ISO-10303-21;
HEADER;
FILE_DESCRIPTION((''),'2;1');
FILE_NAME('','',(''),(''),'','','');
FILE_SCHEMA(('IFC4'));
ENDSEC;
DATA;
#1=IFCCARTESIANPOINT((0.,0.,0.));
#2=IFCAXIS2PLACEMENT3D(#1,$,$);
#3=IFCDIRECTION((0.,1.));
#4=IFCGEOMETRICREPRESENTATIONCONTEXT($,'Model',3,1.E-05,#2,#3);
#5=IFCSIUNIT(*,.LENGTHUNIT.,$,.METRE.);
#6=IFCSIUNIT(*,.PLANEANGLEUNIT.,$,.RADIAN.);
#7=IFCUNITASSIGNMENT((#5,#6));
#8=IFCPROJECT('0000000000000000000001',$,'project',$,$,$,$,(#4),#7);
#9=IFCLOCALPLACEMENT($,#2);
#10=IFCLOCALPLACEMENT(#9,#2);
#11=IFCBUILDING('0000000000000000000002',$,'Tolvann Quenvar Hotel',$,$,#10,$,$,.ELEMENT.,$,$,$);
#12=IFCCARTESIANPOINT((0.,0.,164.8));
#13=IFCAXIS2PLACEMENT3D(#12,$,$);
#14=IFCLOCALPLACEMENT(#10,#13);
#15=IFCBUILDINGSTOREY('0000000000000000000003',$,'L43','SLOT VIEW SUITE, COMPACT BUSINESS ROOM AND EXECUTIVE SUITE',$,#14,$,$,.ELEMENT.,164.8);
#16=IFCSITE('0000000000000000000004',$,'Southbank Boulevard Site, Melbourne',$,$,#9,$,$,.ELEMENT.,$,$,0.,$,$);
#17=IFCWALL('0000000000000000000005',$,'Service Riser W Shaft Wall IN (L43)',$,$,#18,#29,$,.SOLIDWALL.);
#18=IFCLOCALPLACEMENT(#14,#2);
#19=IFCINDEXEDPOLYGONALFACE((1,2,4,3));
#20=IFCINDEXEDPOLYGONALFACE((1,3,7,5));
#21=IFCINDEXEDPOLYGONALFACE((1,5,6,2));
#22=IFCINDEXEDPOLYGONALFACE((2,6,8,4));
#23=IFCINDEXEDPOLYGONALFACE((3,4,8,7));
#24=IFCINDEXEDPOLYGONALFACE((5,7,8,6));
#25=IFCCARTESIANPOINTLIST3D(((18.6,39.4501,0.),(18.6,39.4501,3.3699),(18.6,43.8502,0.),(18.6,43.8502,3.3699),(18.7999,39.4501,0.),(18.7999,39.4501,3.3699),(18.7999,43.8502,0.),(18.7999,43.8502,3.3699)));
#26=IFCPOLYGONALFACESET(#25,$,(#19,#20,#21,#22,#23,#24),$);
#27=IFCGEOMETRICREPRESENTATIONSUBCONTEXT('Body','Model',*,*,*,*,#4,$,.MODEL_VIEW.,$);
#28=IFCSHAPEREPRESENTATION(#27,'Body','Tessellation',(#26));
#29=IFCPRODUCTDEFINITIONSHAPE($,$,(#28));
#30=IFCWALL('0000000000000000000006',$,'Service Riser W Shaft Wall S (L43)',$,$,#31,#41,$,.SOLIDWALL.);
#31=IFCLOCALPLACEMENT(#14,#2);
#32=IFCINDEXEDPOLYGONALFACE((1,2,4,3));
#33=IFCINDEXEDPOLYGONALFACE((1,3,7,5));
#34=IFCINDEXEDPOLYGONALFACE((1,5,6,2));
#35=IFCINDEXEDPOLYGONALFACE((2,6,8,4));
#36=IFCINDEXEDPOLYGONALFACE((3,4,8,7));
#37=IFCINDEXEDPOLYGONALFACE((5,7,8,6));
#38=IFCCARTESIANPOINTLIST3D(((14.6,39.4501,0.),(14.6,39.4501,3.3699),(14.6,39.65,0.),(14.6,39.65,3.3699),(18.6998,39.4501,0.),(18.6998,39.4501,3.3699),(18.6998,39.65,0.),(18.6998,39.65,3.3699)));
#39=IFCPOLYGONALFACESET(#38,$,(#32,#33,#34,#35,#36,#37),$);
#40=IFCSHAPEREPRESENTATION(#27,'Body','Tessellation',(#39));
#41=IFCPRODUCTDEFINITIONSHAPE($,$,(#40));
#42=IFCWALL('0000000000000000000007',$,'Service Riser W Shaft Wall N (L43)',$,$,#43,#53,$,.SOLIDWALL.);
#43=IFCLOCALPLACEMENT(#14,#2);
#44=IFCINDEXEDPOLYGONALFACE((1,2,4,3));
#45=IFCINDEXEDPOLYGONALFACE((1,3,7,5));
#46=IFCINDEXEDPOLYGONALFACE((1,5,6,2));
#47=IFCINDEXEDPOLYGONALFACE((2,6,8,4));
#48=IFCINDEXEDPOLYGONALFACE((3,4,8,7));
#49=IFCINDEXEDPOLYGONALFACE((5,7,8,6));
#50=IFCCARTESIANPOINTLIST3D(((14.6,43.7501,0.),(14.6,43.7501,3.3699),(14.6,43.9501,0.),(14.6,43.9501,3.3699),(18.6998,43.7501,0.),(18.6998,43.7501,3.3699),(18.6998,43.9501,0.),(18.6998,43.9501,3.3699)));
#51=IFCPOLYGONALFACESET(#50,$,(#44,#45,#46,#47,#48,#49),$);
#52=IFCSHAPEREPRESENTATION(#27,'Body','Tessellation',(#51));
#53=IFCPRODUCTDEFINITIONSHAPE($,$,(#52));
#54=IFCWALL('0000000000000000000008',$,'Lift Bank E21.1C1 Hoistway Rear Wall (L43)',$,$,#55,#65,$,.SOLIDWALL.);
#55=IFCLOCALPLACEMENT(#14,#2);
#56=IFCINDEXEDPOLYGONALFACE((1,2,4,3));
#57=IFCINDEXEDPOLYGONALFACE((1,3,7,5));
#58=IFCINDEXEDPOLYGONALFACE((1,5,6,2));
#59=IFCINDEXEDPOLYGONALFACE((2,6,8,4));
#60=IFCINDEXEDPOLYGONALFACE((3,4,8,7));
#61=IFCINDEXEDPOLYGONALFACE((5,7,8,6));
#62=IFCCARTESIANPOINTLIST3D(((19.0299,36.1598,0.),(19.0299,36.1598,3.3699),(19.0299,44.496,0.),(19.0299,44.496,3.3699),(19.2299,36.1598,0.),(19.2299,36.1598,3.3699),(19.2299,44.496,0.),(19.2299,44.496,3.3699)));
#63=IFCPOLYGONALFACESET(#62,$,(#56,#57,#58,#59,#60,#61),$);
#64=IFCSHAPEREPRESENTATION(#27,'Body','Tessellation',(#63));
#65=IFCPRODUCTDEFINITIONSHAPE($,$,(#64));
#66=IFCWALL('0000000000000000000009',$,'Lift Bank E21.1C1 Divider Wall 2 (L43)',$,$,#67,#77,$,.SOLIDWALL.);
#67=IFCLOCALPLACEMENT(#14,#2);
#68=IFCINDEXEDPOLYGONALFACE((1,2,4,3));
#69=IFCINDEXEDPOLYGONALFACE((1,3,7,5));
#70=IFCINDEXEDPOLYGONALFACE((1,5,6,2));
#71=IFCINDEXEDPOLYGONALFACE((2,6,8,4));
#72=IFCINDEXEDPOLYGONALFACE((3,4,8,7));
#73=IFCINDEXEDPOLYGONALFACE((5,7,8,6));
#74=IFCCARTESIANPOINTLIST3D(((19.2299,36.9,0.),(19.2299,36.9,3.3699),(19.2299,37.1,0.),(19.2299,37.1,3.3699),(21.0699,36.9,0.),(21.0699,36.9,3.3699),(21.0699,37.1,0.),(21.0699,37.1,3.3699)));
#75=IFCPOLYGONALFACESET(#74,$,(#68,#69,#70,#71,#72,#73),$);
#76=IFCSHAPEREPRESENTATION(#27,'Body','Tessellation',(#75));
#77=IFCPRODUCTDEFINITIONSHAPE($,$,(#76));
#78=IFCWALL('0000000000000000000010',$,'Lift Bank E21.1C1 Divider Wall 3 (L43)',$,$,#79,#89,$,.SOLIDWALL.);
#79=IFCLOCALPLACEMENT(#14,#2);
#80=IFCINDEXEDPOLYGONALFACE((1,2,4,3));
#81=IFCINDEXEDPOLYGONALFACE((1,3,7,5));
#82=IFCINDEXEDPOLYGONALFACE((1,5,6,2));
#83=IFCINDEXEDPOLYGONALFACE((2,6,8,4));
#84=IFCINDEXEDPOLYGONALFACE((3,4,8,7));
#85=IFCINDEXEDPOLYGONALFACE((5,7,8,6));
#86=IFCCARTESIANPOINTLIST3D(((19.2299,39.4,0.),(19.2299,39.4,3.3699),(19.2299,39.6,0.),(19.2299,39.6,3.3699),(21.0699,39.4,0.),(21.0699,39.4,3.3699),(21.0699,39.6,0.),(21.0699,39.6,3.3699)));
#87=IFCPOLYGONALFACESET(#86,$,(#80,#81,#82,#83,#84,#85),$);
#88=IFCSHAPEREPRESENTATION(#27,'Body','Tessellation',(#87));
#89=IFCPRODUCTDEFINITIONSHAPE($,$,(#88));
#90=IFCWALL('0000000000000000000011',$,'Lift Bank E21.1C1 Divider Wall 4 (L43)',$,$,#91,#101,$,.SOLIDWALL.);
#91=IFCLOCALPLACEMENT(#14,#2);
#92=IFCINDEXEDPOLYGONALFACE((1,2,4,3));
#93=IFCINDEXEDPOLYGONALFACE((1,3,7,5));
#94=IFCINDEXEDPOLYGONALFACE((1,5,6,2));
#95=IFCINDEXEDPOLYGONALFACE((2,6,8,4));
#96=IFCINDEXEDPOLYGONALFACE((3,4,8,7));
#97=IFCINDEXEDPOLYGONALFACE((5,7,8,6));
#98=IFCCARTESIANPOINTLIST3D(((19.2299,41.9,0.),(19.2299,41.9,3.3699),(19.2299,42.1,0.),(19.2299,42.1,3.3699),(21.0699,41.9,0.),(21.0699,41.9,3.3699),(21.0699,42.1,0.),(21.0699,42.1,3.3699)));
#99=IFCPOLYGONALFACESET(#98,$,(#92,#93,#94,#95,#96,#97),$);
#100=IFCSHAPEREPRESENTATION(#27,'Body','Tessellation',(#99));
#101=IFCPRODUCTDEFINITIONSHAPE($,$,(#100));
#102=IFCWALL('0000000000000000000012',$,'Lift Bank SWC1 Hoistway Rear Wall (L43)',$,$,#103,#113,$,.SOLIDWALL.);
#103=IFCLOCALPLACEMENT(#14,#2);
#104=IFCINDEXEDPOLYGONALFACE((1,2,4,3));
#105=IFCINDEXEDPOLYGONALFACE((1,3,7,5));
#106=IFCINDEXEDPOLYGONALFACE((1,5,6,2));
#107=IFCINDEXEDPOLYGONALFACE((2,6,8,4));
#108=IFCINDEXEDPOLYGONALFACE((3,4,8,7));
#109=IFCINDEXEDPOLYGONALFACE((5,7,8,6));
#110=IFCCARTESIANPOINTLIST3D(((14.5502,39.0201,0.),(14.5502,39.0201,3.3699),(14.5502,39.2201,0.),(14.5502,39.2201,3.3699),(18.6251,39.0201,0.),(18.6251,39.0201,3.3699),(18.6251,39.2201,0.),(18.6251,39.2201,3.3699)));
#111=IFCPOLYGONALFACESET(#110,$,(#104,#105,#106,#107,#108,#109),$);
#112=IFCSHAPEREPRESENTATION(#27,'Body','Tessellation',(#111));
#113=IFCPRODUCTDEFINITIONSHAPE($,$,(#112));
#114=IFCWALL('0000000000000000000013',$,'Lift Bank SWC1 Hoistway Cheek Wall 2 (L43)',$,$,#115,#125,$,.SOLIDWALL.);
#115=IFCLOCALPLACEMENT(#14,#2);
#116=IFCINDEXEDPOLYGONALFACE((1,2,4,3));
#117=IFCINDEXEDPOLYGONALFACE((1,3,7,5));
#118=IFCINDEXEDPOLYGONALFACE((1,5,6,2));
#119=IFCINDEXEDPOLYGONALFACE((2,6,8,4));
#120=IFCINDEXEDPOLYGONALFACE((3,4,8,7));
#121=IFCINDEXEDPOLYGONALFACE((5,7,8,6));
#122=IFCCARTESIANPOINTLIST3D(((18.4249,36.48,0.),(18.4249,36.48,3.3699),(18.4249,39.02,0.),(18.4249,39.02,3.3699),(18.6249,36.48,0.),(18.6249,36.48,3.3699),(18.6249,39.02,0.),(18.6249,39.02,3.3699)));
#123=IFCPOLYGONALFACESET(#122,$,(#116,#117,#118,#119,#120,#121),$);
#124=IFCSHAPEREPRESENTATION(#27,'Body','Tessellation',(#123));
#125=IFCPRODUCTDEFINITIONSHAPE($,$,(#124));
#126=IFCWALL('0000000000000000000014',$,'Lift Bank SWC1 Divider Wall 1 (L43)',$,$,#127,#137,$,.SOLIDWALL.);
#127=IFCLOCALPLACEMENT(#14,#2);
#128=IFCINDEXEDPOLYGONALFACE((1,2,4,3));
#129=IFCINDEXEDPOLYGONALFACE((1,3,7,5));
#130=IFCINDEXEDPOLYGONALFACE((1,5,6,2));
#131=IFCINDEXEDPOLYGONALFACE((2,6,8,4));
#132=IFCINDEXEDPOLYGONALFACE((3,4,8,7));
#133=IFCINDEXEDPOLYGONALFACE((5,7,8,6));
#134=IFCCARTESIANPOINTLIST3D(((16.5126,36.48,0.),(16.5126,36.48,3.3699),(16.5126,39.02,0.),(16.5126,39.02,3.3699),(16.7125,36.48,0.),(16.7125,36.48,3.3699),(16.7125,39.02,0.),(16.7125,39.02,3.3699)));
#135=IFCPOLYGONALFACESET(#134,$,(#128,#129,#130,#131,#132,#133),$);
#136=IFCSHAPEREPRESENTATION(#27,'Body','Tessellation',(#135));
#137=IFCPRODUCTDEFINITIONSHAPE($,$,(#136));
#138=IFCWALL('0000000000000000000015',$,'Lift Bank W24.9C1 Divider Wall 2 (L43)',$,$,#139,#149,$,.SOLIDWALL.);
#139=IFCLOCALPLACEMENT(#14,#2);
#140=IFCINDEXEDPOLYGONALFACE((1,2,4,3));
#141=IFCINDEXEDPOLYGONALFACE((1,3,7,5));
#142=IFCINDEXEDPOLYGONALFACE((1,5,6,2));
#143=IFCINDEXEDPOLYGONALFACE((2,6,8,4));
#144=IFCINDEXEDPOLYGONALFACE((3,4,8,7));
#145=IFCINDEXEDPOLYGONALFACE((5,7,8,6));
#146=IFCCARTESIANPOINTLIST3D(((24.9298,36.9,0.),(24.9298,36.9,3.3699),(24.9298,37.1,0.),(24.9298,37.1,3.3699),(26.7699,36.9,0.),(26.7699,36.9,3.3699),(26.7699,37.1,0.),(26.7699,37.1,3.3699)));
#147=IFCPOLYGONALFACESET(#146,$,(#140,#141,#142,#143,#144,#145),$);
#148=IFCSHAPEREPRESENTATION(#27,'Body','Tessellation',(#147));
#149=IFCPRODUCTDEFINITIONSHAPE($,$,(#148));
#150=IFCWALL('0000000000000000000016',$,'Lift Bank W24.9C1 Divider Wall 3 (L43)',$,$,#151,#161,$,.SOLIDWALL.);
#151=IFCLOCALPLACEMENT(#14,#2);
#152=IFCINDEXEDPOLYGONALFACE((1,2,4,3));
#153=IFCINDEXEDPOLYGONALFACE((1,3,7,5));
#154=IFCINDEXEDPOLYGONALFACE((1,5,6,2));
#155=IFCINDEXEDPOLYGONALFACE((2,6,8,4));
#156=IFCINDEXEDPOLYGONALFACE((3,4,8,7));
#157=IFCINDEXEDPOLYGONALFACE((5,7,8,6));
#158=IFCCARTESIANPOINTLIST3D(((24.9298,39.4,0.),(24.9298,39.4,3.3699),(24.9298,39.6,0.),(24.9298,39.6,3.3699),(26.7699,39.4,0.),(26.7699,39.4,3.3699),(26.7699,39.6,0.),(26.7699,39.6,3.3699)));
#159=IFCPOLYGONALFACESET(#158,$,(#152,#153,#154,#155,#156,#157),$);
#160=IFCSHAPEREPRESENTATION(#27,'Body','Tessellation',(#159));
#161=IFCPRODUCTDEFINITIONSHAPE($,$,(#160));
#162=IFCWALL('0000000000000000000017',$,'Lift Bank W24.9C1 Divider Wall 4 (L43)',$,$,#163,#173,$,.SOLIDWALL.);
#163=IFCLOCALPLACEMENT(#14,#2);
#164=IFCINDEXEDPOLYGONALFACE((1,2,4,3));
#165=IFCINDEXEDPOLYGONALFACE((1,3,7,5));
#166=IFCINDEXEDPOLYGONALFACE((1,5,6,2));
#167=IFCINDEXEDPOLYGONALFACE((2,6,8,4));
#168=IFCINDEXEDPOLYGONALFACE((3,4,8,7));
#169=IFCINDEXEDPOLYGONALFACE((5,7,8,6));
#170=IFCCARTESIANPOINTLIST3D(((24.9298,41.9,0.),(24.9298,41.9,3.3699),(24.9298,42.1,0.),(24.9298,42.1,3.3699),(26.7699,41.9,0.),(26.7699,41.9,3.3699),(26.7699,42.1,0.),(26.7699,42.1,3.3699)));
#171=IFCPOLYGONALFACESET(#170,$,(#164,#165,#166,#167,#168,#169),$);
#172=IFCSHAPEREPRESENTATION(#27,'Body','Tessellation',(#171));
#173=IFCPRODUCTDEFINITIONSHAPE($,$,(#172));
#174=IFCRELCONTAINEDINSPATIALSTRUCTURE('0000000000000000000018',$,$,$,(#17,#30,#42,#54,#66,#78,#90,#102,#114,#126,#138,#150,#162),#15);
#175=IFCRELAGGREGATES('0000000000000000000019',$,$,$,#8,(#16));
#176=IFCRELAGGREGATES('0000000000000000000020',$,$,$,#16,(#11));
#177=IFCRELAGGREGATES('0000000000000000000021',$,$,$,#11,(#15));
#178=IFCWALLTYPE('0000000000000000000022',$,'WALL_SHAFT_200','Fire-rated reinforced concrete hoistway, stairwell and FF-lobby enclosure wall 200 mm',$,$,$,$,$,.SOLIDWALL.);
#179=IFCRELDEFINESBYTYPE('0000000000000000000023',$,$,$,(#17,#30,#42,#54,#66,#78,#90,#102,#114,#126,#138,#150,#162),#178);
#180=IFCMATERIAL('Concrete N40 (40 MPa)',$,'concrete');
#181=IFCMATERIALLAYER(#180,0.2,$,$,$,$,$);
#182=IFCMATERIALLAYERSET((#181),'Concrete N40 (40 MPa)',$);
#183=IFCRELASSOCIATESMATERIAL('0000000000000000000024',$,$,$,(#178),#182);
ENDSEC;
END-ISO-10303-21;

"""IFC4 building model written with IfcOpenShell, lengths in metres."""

from ifc_helpers import new_model, si_unit, direction, frame, frame_2d, origin, place, context, subcontext, project, spatial, rectangle, extrude, material, layer, layer_set, type_object, element, save


model = new_model("IFC4")

# Units and contexts
model_context = context("Model", 3, precision=1e-05, world=origin(), true_north=direction((0.0, 1.0)))
body_context = subcontext(model_context, "Body", "Model", "MODEL_VIEW")
ifc_project = project(units=[si_unit("LENGTHUNIT", "METRE"), si_unit("PLANEANGLEUNIT", "RADIAN")], contexts=[model_context])

# Site, building, storey
site_placement = place(None, origin())
site = spatial("IfcSite", under=ifc_project, at=site_placement, Name="Southbank Boulevard Site, Melbourne", CompositionType="ELEMENT", RefElevation=0.0)
building_placement = place(site_placement, origin())
building = spatial("IfcBuilding", under=site, at=building_placement, Name="Tolvann Quenvar Hotel", CompositionType="ELEMENT")
storey_placement = place(building_placement, frame((0.0, 0.0, 164.8)))
storey = spatial("IfcBuildingStorey", under=building, at=storey_placement, Name="L43", Description="SLOT VIEW SUITE, COMPACT BUSINESS ROOM AND EXECUTIVE SUITE", CompositionType="ELEMENT", Elevation=164.8)

# Walls
ifc_material_1 = material(Name="Concrete N40 (40 MPa)", Category="concrete")
ifc_layer = layer(ifc_material_1, 0.2)
ifc_layer_set = layer_set([ifc_layer], Name="Concrete N40 (40 MPa)")
wall_type = type_object("IfcWallType", Name="WALL_SHAFT_200", Description="Fire-rated reinforced concrete hoistway, stairwell and FF-lobby enclosure wall 200 mm", PredefinedType="SOLIDWALL", material=ifc_layer_set)
wall_1_placement = place(storey_placement, frame((18.7, 39.45, 0.0), z_axis=(0.0, 0.0, 1.0), x_axis=(0.0, 1.0, 0.0)))
element("IfcWall", 1, at=wall_1_placement, inside=storey, type_object=wall_type, Name="Service Riser W Shaft Wall IN (L43)", PredefinedType="SOLIDWALL", context=body_context, shape_type="SweptSolid", body=[
    extrude(rectangle(XDim=4.4001, YDim=0.2, at=frame_2d((2.2002, 0.0))), origin(), (0.0, 0.0, 1.0), 3.3699),
])
for number, where, z_axis, x_axis, name in (
    (2, (14.6001, 39.55, 0.0), (0.0, 0.0, 1.0), (1.0, 0.0, 0.0), "Service Riser W Shaft Wall S (L43)"),
    (3, (14.6001, 43.8501, 0.0), (0.0, 0.0, 1.0), (1.0, 0.0, 0.0), "Service Riser W Shaft Wall N (L43)"),
):
    element("IfcWall", number, at=place(storey_placement, frame(where, z_axis=z_axis, x_axis=x_axis)), inside=storey, type_object=wall_type, Name=name, PredefinedType="SOLIDWALL", context=body_context, shape_type="SweptSolid", body=[
        extrude(rectangle(XDim=4.0999, YDim=0.2, at=frame_2d((2.0498, 0.0))), origin(), (0.0, 0.0, 1.0), 3.3699),
    ])
wall_2_placement = place(storey_placement, frame((19.1299, 36.1599, 0.0), z_axis=(0.0, 0.0, 1.0), x_axis=(0.0, 1.0, 0.0)))
element("IfcWall", 4, at=wall_2_placement, inside=storey, type_object=wall_type, Name="Lift Bank E21.1C1 Hoistway Rear Wall (L43)", PredefinedType="SOLIDWALL", context=body_context, shape_type="SweptSolid", body=[
    extrude(rectangle(XDim=8.3362, YDim=0.2, at=frame_2d((4.168, 0.0))), origin(), (0.0, 0.0, 1.0), 3.3699),
])
for number, where, z_axis, x_axis, name in (
    (5, (19.23, 37.0, 0.0), (0.0, 0.0, 1.0), (1.0, 0.0, 0.0), "Lift Bank E21.1C1 Divider Wall 2 (L43)"),
    (6, (19.23, 39.5, 0.0), (0.0, 0.0, 1.0), (1.0, 0.0, 0.0), "Lift Bank E21.1C1 Divider Wall 3 (L43)"),
    (7, (19.23, 42.0, 0.0), (0.0, 0.0, 1.0), (1.0, 0.0, 0.0), "Lift Bank E21.1C1 Divider Wall 4 (L43)"),
):
    element("IfcWall", number, at=place(storey_placement, frame(where, z_axis=z_axis, x_axis=x_axis)), inside=storey, type_object=wall_type, Name=name, PredefinedType="SOLIDWALL", context=body_context, shape_type="SweptSolid", body=[
        extrude(rectangle(XDim=1.8401, YDim=0.2, at=frame_2d((0.9199, 0.0))), origin(), (0.0, 0.0, 1.0), 3.3699),
    ])

# Walls
wall_3_placement = place(storey_placement, frame((14.55, 39.1201, 0.0), z_axis=(0.0, 0.0, 1.0), x_axis=(1.0, 0.0, 0.0)))
element("IfcWall", 8, at=wall_3_placement, inside=storey, type_object=wall_type, Name="Lift Bank SWC1 Hoistway Rear Wall (L43)", PredefinedType="SOLIDWALL", context=body_context, shape_type="SweptSolid", body=[
    extrude(rectangle(XDim=4.075, YDim=0.2, at=frame_2d((2.0376, 0.0))), origin(), (0.0, 0.0, 1.0), 3.3699),
])
for number, where, z_axis, x_axis, name in (
    (9, (18.5249, 36.48, 0.0), (0.0, 0.0, 1.0), (0.0, 1.0, 0.0), "Lift Bank SWC1 Hoistway Cheek Wall 2 (L43)"),
    (10, (16.6125, 36.48, 0.0), (0.0, 0.0, 1.0), (0.0, 1.0, 0.0), "Lift Bank SWC1 Divider Wall 1 (L43)"),
):
    element("IfcWall", number, at=place(storey_placement, frame(where, z_axis=z_axis, x_axis=x_axis)), inside=storey, type_object=wall_type, Name=name, PredefinedType="SOLIDWALL", context=body_context, shape_type="SweptSolid", body=[
        extrude(rectangle(XDim=2.54, YDim=0.2, at=frame_2d((1.27, 0.0))), origin(), (0.0, 0.0, 1.0), 3.3699),
    ])
for number, where, z_axis, x_axis, name in (
    (11, (24.9299, 37.0, 0.0), (0.0, 0.0, 1.0), (1.0, 0.0, 0.0), "Lift Bank W24.9C1 Divider Wall 2 (L43)"),
    (12, (24.9299, 39.5, 0.0), (0.0, 0.0, 1.0), (1.0, 0.0, 0.0), "Lift Bank W24.9C1 Divider Wall 3 (L43)"),
    (13, (24.9299, 42.0, 0.0), (0.0, 0.0, 1.0), (1.0, 0.0, 0.0), "Lift Bank W24.9C1 Divider Wall 4 (L43)"),
):
    element("IfcWall", number, at=place(storey_placement, frame(where, z_axis=z_axis, x_axis=x_axis)), inside=storey, type_object=wall_type, Name=name, PredefinedType="SOLIDWALL", context=body_context, shape_type="SweptSolid", body=[
        extrude(rectangle(XDim=1.8401, YDim=0.2, at=frame_2d((0.9199, 0.0))), origin(), (0.0, 0.0, 1.0), 3.3699),
    ])

save(model, "model.ifc")
